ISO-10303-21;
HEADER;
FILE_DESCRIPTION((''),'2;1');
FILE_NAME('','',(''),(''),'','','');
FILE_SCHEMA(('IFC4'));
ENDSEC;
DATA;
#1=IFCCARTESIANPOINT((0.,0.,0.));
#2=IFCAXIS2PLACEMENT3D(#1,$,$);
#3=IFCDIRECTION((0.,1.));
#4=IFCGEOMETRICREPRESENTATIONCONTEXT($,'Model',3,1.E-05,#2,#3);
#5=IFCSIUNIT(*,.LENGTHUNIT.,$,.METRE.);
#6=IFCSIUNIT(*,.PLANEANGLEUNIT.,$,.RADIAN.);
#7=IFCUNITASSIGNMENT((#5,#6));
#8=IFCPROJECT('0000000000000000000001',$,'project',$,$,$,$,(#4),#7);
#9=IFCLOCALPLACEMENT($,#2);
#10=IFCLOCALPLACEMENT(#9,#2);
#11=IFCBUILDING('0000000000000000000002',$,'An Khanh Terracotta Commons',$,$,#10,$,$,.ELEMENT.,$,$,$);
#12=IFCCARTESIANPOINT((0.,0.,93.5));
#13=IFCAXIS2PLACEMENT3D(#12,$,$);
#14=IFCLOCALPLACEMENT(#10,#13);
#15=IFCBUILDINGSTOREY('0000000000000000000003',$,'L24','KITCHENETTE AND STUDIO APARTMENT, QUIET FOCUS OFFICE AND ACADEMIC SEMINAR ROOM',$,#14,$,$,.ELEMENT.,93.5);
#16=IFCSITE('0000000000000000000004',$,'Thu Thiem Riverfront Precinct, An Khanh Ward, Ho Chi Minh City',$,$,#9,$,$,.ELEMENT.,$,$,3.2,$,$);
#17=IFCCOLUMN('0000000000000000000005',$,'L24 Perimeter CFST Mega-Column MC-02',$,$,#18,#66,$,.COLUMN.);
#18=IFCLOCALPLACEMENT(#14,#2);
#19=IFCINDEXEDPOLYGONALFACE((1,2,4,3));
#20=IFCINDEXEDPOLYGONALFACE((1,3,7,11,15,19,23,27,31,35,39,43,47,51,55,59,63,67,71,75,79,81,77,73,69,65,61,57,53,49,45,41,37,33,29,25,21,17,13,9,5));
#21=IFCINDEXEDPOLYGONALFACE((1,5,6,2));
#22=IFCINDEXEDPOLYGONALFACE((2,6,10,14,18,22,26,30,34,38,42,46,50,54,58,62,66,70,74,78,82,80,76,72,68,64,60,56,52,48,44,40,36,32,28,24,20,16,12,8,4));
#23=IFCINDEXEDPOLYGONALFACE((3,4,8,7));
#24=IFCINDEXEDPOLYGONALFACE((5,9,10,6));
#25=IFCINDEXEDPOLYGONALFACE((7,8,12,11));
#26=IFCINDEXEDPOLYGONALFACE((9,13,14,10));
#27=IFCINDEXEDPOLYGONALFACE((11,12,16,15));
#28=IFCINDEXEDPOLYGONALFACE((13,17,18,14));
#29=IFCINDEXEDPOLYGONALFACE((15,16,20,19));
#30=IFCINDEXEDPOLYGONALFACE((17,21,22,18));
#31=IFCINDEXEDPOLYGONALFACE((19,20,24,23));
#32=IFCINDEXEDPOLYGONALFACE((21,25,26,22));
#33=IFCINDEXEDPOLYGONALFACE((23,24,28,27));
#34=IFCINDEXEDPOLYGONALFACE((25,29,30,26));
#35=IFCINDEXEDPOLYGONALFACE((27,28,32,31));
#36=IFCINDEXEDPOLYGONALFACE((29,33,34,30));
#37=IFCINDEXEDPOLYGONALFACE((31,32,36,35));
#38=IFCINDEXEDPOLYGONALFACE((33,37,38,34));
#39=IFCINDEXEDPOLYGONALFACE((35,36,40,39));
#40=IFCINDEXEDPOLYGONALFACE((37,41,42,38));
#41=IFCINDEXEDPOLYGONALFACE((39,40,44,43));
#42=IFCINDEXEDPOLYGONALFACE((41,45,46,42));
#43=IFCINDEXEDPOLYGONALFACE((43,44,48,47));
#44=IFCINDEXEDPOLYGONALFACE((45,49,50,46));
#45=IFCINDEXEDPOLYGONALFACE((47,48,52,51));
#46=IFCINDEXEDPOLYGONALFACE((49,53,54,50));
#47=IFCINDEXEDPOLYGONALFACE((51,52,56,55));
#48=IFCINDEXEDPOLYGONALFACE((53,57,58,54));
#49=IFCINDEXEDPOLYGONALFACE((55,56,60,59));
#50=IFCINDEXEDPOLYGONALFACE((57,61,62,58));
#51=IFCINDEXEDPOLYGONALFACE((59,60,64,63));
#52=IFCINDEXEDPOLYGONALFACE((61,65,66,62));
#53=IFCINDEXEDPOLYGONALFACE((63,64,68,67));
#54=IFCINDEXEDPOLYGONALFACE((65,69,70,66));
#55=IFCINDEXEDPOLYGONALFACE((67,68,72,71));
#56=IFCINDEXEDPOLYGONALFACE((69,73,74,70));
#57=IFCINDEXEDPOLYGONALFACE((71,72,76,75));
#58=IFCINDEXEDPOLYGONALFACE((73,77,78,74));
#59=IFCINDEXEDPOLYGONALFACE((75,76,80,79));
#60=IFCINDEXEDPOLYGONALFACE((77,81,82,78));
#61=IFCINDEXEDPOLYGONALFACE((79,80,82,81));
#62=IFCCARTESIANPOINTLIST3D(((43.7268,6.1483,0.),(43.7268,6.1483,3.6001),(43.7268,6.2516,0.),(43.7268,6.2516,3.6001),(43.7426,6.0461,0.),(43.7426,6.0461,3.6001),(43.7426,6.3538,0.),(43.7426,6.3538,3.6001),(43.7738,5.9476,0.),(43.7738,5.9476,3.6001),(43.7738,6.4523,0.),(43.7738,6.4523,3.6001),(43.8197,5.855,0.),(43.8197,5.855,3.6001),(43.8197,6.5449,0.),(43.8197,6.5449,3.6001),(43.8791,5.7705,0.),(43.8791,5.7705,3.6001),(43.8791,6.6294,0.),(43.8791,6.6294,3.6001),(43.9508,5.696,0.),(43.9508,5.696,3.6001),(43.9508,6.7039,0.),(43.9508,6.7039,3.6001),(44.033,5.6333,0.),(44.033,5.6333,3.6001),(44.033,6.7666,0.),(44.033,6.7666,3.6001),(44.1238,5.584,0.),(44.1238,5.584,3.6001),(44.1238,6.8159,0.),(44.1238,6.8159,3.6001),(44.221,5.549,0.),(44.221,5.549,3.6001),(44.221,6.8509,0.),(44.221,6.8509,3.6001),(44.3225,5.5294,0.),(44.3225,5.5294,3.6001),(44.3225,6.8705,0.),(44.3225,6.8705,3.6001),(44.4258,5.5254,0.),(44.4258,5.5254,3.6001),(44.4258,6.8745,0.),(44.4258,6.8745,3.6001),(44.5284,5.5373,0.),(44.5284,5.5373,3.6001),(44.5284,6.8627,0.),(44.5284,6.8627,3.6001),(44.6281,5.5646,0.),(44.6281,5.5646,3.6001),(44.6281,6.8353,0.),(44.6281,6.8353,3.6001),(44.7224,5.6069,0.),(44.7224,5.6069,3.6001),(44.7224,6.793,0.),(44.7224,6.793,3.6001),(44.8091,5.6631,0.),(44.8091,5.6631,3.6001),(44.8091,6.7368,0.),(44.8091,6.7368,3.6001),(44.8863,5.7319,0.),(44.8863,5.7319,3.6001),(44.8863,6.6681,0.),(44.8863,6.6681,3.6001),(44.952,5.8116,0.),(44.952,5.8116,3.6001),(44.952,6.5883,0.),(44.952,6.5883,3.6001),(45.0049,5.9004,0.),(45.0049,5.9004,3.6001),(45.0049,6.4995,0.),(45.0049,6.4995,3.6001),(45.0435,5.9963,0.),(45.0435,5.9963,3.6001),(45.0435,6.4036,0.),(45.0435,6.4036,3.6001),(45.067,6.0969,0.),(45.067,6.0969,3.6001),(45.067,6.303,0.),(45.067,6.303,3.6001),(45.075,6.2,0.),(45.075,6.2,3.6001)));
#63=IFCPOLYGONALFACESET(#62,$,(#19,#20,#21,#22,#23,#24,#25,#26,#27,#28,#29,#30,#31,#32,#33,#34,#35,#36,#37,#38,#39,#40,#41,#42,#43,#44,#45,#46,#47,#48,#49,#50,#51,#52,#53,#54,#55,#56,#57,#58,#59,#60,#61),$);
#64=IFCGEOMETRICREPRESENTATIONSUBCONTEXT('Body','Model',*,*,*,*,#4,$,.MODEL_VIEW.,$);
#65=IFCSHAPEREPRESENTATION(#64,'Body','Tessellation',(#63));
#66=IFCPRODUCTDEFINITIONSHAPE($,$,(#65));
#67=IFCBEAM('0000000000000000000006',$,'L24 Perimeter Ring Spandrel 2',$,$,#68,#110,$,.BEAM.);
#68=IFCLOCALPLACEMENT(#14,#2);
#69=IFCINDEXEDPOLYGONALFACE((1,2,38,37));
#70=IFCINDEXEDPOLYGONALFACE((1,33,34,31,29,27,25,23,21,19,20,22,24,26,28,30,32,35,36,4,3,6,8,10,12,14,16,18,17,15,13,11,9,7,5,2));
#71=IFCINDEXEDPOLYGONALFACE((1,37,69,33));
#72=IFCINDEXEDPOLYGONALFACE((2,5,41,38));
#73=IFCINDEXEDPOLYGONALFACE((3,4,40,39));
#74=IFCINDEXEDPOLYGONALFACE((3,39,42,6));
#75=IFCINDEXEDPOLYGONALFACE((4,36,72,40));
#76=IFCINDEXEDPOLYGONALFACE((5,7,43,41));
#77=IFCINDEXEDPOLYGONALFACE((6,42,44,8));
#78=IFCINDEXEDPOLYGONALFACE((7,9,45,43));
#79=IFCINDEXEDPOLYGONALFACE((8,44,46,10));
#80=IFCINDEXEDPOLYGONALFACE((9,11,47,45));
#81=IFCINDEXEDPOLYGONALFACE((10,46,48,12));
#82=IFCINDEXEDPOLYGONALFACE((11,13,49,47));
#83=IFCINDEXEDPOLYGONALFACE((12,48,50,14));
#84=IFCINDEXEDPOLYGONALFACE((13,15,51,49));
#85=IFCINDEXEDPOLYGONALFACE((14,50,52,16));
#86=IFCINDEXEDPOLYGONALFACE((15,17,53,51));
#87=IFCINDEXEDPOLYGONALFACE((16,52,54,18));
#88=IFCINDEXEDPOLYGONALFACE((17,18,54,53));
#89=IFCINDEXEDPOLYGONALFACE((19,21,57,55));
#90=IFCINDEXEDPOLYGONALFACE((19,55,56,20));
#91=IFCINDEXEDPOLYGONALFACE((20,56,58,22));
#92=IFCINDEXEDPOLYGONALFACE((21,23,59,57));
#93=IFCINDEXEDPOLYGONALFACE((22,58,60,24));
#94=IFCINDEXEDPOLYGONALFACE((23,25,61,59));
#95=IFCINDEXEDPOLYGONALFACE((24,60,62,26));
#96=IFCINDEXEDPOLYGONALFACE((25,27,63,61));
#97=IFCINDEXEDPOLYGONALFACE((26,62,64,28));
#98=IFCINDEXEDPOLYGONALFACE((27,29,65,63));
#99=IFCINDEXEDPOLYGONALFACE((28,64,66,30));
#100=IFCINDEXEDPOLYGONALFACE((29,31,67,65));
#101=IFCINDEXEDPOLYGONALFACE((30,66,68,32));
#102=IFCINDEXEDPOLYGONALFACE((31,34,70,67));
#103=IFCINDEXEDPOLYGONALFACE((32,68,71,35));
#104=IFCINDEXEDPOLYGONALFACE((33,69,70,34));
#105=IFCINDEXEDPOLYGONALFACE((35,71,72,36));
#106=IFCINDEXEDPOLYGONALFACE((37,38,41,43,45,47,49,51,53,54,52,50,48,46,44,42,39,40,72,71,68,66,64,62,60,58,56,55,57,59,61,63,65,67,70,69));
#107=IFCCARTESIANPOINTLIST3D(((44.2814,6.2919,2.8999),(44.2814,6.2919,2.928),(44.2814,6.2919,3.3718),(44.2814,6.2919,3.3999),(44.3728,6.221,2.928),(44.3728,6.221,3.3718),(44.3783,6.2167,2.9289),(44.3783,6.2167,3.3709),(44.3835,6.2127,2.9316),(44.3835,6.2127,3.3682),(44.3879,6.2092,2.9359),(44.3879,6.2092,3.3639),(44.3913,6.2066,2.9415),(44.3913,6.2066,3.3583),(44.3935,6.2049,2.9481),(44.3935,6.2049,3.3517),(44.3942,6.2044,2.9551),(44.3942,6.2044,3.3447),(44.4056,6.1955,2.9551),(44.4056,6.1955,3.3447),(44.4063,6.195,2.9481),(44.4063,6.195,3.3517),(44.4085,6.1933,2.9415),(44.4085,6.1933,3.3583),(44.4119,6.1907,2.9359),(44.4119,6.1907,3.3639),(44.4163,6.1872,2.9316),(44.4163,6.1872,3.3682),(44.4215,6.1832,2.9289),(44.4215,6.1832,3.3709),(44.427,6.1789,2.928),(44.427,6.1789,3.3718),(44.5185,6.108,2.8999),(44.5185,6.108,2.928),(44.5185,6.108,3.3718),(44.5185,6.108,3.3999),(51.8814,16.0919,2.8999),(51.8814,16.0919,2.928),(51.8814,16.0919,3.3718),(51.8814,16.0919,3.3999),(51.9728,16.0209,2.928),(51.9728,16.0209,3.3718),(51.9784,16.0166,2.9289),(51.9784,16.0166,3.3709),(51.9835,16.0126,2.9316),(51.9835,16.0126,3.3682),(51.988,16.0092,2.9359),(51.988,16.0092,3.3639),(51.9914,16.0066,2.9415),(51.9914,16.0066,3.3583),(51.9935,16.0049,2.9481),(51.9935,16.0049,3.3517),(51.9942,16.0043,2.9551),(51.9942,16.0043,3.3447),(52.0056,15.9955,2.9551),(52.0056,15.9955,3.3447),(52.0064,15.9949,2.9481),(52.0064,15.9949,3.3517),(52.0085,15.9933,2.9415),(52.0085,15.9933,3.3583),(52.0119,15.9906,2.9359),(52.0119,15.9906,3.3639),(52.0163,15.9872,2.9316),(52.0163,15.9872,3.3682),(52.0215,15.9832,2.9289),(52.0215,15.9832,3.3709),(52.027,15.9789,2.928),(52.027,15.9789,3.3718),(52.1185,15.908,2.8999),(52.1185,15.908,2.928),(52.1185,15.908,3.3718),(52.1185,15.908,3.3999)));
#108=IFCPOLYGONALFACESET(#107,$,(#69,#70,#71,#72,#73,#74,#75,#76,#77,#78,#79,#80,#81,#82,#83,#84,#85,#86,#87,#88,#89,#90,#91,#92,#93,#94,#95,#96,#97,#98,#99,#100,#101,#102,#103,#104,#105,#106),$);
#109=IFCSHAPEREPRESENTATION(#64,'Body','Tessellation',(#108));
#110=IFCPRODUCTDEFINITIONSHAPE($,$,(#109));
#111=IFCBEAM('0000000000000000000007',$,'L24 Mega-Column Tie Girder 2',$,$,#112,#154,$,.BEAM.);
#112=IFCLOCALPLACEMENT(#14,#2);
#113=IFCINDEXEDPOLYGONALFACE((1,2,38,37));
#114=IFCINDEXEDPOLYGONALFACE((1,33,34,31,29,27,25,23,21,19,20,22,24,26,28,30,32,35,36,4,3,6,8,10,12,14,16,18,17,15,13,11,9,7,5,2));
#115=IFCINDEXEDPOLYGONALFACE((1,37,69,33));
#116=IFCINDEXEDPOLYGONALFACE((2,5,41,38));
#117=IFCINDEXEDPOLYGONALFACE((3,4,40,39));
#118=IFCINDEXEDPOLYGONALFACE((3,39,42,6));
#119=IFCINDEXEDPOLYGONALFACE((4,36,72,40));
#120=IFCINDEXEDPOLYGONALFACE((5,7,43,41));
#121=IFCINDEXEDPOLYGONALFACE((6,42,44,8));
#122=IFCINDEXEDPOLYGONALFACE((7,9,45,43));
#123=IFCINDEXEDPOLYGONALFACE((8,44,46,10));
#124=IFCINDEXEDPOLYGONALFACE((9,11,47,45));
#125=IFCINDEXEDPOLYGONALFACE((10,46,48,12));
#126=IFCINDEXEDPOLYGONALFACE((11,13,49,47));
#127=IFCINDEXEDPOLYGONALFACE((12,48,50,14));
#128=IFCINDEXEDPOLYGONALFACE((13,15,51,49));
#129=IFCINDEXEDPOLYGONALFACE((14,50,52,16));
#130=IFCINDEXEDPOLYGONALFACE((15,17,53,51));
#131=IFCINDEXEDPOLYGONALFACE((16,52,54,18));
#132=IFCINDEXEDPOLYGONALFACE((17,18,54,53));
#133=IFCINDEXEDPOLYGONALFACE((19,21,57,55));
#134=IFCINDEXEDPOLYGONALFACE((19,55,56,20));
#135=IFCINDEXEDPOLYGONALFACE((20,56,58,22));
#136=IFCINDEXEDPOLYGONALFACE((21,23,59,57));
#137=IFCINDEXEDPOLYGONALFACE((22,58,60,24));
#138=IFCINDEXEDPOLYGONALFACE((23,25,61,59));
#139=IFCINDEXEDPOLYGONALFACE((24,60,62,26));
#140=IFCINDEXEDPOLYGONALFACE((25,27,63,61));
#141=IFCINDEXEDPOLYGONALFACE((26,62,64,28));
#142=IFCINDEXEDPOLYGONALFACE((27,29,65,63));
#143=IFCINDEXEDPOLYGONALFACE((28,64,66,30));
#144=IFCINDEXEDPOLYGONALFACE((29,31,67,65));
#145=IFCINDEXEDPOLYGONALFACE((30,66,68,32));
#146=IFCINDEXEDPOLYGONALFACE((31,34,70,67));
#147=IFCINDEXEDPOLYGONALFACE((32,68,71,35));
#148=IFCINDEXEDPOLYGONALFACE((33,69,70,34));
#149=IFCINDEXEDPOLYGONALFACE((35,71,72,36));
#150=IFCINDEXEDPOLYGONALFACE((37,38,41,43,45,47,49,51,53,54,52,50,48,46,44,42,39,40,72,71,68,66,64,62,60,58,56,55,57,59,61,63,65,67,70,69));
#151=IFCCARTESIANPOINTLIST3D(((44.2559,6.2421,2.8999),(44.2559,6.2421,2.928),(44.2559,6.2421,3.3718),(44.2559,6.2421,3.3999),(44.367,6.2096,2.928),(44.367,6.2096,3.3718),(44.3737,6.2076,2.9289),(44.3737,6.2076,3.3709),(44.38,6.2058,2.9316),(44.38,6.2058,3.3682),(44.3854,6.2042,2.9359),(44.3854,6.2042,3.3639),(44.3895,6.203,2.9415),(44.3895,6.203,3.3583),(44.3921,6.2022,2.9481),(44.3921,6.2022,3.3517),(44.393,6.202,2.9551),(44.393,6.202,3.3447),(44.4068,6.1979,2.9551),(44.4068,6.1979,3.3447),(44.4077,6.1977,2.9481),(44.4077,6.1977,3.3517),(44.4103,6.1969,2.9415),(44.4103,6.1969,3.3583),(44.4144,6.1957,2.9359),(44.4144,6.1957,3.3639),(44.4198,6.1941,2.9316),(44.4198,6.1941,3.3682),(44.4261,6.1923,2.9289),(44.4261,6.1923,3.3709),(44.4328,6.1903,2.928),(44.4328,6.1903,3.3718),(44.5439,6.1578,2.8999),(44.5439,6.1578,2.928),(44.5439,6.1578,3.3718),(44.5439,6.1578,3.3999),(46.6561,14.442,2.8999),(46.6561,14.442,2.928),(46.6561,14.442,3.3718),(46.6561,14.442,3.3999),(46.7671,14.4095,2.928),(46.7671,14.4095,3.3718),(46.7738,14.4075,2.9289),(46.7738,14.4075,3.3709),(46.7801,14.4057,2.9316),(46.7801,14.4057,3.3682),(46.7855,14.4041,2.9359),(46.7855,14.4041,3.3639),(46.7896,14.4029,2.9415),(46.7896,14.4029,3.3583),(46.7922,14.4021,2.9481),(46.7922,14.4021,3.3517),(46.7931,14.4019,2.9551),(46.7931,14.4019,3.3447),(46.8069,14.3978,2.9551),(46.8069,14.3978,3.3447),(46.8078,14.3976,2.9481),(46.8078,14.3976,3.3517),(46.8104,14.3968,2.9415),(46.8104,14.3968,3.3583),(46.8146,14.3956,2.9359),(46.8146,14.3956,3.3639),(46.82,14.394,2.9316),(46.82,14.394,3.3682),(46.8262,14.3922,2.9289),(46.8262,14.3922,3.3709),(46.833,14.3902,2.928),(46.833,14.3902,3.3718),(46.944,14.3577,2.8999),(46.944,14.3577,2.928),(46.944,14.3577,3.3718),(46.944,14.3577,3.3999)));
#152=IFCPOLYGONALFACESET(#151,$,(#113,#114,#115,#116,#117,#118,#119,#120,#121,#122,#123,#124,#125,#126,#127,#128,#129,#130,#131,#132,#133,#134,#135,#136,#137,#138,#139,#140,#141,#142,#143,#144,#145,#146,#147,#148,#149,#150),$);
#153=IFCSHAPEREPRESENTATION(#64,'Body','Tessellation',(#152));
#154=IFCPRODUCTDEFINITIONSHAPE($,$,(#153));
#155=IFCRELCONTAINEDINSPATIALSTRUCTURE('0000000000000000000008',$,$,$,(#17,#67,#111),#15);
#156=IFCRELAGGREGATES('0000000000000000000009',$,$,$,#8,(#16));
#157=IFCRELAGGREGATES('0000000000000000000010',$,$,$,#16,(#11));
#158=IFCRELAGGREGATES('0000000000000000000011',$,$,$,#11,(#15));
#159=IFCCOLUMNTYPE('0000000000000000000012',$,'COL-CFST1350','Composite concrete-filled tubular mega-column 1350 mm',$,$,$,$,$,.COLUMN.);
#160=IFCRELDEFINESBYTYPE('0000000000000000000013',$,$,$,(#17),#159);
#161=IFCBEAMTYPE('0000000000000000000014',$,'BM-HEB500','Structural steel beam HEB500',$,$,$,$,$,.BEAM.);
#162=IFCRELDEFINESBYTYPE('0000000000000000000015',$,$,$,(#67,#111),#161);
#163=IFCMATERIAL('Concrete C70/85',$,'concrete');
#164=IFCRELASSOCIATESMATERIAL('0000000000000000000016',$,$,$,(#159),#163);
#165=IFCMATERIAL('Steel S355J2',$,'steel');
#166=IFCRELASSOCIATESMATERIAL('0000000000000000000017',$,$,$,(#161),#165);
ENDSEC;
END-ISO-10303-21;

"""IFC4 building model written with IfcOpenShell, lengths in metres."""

from ifc_helpers import new_model, si_unit, direction, frame, origin, origin_2d, place, context, subcontext, project, spatial, circle, i_section, extrude, material, material_profile, profile_set, type_object, element, save


model = new_model("IFC4")

# Units and contexts
model_context = context("Model", 3, precision=1e-05, world=origin(), true_north=direction((0.0, 1.0)))
body_context = subcontext(model_context, "Body", "Model", "MODEL_VIEW")
ifc_project = project(units=[si_unit("LENGTHUNIT", "METRE"), si_unit("PLANEANGLEUNIT", "RADIAN")], contexts=[model_context])

# Site, building, storey
site_placement = place(None, origin())
site = spatial("IfcSite", under=ifc_project, at=site_placement, Name="Thu Thiem Riverfront Precinct, An Khanh Ward, Ho Chi Minh City", CompositionType="ELEMENT", RefElevation=3.2)
building_placement = place(site_placement, origin())
building = spatial("IfcBuilding", under=site, at=building_placement, Name="An Khanh Terracotta Commons", CompositionType="ELEMENT")
storey_placement = place(building_placement, frame((0.0, 0.0, 93.5)))
storey = spatial("IfcBuildingStorey", under=building, at=storey_placement, Name="L24", Description="KITCHENETTE AND STUDIO APARTMENT, QUIET FOCUS OFFICE AND ACADEMIC SEMINAR ROOM", CompositionType="ELEMENT", Elevation=93.5)

# Column
ifc_material_1 = material(Name="Concrete C70/85", Category="concrete")
ifc_material_profile_1 = material_profile(ifc_material_1, circle(Radius=0.675, at=origin_2d()), Name="CFST1350")
ifc_profile_set_1 = profile_set([ifc_material_profile_1], Name="Concrete C70/85")
column_type = type_object("IfcColumnType", Name="COL-CFST1350", Description="Composite concrete-filled tubular mega-column 1350 mm", PredefinedType="COLUMN", material=ifc_profile_set_1)
column_placement = place(storey_placement, frame((44.3999, 6.2, 0.0), z_axis=(0.0, 0.0, 1.0), x_axis=(1.0, 0.0, 0.0)))
element("IfcColumn", 1, at=column_placement, inside=storey, type_object=column_type, Name="L24 Perimeter CFST Mega-Column MC-02", PredefinedType="COLUMN", context=body_context, shape_type="SweptSolid", body=[
    extrude(circle(Radius=0.675, at=origin_2d()), origin(), (0.0, 0.0, 1.0), 3.6001),
])

# Beams
ifc_material_2 = material(Name="Steel S355J2", Category="steel")
ifc_material_profile_2 = material_profile(ifc_material_2, i_section(OverallWidth=0.3, OverallDepth=0.5, WebThickness=0.0144, FlangeThickness=0.0281, FilletRadius=0.0271, at=origin_2d()), Name="HEB500")
ifc_profile_set_2 = profile_set([ifc_material_profile_2], Name="Steel S355J2")
beam_type = type_object("IfcBeamType", Name="BM-HEB500", Description="Structural steel beam HEB500", PredefinedType="BEAM", material=ifc_profile_set_2)
beam_1_placement = place(storey_placement, frame((44.3999, 6.2, 3.1499), z_axis=(0.612827, 0.790217, 0.0), x_axis=(-0.790217, 0.612827, 0.0)))
element("IfcBeam", 2, at=beam_1_placement, inside=storey, type_object=beam_type, Name="L24 Perimeter Ring Spandrel 2", PredefinedType="BEAM", context=body_context, shape_type="SweptSolid", body=[
    extrude(i_section(OverallWidth=0.3, OverallDepth=0.5, WebThickness=0.0144, FlangeThickness=0.0281, FilletRadius=0.0271, at=origin_2d()), origin(), (0.0, 0.0, 1.0), 12.4016),
])
beam_2_placement = place(storey_placement, frame((44.3999, 6.2, 3.1499), z_axis=(0.280916, 0.959732, 0.0), x_axis=(-0.959732, 0.280916, 0.0)))
element("IfcBeam", 3, at=beam_2_placement, inside=storey, type_object=beam_type, Name="L24 Mega-Column Tie Girder 2", PredefinedType="BEAM", context=body_context, shape_type="SweptSolid", body=[
    extrude(i_section(OverallWidth=0.3, OverallDepth=0.5, WebThickness=0.0144, FlangeThickness=0.0281, FilletRadius=0.0271, at=origin_2d()), origin(), (0.0, 0.0, 1.0), 8.5439),
])

save(model, "model.ifc")
